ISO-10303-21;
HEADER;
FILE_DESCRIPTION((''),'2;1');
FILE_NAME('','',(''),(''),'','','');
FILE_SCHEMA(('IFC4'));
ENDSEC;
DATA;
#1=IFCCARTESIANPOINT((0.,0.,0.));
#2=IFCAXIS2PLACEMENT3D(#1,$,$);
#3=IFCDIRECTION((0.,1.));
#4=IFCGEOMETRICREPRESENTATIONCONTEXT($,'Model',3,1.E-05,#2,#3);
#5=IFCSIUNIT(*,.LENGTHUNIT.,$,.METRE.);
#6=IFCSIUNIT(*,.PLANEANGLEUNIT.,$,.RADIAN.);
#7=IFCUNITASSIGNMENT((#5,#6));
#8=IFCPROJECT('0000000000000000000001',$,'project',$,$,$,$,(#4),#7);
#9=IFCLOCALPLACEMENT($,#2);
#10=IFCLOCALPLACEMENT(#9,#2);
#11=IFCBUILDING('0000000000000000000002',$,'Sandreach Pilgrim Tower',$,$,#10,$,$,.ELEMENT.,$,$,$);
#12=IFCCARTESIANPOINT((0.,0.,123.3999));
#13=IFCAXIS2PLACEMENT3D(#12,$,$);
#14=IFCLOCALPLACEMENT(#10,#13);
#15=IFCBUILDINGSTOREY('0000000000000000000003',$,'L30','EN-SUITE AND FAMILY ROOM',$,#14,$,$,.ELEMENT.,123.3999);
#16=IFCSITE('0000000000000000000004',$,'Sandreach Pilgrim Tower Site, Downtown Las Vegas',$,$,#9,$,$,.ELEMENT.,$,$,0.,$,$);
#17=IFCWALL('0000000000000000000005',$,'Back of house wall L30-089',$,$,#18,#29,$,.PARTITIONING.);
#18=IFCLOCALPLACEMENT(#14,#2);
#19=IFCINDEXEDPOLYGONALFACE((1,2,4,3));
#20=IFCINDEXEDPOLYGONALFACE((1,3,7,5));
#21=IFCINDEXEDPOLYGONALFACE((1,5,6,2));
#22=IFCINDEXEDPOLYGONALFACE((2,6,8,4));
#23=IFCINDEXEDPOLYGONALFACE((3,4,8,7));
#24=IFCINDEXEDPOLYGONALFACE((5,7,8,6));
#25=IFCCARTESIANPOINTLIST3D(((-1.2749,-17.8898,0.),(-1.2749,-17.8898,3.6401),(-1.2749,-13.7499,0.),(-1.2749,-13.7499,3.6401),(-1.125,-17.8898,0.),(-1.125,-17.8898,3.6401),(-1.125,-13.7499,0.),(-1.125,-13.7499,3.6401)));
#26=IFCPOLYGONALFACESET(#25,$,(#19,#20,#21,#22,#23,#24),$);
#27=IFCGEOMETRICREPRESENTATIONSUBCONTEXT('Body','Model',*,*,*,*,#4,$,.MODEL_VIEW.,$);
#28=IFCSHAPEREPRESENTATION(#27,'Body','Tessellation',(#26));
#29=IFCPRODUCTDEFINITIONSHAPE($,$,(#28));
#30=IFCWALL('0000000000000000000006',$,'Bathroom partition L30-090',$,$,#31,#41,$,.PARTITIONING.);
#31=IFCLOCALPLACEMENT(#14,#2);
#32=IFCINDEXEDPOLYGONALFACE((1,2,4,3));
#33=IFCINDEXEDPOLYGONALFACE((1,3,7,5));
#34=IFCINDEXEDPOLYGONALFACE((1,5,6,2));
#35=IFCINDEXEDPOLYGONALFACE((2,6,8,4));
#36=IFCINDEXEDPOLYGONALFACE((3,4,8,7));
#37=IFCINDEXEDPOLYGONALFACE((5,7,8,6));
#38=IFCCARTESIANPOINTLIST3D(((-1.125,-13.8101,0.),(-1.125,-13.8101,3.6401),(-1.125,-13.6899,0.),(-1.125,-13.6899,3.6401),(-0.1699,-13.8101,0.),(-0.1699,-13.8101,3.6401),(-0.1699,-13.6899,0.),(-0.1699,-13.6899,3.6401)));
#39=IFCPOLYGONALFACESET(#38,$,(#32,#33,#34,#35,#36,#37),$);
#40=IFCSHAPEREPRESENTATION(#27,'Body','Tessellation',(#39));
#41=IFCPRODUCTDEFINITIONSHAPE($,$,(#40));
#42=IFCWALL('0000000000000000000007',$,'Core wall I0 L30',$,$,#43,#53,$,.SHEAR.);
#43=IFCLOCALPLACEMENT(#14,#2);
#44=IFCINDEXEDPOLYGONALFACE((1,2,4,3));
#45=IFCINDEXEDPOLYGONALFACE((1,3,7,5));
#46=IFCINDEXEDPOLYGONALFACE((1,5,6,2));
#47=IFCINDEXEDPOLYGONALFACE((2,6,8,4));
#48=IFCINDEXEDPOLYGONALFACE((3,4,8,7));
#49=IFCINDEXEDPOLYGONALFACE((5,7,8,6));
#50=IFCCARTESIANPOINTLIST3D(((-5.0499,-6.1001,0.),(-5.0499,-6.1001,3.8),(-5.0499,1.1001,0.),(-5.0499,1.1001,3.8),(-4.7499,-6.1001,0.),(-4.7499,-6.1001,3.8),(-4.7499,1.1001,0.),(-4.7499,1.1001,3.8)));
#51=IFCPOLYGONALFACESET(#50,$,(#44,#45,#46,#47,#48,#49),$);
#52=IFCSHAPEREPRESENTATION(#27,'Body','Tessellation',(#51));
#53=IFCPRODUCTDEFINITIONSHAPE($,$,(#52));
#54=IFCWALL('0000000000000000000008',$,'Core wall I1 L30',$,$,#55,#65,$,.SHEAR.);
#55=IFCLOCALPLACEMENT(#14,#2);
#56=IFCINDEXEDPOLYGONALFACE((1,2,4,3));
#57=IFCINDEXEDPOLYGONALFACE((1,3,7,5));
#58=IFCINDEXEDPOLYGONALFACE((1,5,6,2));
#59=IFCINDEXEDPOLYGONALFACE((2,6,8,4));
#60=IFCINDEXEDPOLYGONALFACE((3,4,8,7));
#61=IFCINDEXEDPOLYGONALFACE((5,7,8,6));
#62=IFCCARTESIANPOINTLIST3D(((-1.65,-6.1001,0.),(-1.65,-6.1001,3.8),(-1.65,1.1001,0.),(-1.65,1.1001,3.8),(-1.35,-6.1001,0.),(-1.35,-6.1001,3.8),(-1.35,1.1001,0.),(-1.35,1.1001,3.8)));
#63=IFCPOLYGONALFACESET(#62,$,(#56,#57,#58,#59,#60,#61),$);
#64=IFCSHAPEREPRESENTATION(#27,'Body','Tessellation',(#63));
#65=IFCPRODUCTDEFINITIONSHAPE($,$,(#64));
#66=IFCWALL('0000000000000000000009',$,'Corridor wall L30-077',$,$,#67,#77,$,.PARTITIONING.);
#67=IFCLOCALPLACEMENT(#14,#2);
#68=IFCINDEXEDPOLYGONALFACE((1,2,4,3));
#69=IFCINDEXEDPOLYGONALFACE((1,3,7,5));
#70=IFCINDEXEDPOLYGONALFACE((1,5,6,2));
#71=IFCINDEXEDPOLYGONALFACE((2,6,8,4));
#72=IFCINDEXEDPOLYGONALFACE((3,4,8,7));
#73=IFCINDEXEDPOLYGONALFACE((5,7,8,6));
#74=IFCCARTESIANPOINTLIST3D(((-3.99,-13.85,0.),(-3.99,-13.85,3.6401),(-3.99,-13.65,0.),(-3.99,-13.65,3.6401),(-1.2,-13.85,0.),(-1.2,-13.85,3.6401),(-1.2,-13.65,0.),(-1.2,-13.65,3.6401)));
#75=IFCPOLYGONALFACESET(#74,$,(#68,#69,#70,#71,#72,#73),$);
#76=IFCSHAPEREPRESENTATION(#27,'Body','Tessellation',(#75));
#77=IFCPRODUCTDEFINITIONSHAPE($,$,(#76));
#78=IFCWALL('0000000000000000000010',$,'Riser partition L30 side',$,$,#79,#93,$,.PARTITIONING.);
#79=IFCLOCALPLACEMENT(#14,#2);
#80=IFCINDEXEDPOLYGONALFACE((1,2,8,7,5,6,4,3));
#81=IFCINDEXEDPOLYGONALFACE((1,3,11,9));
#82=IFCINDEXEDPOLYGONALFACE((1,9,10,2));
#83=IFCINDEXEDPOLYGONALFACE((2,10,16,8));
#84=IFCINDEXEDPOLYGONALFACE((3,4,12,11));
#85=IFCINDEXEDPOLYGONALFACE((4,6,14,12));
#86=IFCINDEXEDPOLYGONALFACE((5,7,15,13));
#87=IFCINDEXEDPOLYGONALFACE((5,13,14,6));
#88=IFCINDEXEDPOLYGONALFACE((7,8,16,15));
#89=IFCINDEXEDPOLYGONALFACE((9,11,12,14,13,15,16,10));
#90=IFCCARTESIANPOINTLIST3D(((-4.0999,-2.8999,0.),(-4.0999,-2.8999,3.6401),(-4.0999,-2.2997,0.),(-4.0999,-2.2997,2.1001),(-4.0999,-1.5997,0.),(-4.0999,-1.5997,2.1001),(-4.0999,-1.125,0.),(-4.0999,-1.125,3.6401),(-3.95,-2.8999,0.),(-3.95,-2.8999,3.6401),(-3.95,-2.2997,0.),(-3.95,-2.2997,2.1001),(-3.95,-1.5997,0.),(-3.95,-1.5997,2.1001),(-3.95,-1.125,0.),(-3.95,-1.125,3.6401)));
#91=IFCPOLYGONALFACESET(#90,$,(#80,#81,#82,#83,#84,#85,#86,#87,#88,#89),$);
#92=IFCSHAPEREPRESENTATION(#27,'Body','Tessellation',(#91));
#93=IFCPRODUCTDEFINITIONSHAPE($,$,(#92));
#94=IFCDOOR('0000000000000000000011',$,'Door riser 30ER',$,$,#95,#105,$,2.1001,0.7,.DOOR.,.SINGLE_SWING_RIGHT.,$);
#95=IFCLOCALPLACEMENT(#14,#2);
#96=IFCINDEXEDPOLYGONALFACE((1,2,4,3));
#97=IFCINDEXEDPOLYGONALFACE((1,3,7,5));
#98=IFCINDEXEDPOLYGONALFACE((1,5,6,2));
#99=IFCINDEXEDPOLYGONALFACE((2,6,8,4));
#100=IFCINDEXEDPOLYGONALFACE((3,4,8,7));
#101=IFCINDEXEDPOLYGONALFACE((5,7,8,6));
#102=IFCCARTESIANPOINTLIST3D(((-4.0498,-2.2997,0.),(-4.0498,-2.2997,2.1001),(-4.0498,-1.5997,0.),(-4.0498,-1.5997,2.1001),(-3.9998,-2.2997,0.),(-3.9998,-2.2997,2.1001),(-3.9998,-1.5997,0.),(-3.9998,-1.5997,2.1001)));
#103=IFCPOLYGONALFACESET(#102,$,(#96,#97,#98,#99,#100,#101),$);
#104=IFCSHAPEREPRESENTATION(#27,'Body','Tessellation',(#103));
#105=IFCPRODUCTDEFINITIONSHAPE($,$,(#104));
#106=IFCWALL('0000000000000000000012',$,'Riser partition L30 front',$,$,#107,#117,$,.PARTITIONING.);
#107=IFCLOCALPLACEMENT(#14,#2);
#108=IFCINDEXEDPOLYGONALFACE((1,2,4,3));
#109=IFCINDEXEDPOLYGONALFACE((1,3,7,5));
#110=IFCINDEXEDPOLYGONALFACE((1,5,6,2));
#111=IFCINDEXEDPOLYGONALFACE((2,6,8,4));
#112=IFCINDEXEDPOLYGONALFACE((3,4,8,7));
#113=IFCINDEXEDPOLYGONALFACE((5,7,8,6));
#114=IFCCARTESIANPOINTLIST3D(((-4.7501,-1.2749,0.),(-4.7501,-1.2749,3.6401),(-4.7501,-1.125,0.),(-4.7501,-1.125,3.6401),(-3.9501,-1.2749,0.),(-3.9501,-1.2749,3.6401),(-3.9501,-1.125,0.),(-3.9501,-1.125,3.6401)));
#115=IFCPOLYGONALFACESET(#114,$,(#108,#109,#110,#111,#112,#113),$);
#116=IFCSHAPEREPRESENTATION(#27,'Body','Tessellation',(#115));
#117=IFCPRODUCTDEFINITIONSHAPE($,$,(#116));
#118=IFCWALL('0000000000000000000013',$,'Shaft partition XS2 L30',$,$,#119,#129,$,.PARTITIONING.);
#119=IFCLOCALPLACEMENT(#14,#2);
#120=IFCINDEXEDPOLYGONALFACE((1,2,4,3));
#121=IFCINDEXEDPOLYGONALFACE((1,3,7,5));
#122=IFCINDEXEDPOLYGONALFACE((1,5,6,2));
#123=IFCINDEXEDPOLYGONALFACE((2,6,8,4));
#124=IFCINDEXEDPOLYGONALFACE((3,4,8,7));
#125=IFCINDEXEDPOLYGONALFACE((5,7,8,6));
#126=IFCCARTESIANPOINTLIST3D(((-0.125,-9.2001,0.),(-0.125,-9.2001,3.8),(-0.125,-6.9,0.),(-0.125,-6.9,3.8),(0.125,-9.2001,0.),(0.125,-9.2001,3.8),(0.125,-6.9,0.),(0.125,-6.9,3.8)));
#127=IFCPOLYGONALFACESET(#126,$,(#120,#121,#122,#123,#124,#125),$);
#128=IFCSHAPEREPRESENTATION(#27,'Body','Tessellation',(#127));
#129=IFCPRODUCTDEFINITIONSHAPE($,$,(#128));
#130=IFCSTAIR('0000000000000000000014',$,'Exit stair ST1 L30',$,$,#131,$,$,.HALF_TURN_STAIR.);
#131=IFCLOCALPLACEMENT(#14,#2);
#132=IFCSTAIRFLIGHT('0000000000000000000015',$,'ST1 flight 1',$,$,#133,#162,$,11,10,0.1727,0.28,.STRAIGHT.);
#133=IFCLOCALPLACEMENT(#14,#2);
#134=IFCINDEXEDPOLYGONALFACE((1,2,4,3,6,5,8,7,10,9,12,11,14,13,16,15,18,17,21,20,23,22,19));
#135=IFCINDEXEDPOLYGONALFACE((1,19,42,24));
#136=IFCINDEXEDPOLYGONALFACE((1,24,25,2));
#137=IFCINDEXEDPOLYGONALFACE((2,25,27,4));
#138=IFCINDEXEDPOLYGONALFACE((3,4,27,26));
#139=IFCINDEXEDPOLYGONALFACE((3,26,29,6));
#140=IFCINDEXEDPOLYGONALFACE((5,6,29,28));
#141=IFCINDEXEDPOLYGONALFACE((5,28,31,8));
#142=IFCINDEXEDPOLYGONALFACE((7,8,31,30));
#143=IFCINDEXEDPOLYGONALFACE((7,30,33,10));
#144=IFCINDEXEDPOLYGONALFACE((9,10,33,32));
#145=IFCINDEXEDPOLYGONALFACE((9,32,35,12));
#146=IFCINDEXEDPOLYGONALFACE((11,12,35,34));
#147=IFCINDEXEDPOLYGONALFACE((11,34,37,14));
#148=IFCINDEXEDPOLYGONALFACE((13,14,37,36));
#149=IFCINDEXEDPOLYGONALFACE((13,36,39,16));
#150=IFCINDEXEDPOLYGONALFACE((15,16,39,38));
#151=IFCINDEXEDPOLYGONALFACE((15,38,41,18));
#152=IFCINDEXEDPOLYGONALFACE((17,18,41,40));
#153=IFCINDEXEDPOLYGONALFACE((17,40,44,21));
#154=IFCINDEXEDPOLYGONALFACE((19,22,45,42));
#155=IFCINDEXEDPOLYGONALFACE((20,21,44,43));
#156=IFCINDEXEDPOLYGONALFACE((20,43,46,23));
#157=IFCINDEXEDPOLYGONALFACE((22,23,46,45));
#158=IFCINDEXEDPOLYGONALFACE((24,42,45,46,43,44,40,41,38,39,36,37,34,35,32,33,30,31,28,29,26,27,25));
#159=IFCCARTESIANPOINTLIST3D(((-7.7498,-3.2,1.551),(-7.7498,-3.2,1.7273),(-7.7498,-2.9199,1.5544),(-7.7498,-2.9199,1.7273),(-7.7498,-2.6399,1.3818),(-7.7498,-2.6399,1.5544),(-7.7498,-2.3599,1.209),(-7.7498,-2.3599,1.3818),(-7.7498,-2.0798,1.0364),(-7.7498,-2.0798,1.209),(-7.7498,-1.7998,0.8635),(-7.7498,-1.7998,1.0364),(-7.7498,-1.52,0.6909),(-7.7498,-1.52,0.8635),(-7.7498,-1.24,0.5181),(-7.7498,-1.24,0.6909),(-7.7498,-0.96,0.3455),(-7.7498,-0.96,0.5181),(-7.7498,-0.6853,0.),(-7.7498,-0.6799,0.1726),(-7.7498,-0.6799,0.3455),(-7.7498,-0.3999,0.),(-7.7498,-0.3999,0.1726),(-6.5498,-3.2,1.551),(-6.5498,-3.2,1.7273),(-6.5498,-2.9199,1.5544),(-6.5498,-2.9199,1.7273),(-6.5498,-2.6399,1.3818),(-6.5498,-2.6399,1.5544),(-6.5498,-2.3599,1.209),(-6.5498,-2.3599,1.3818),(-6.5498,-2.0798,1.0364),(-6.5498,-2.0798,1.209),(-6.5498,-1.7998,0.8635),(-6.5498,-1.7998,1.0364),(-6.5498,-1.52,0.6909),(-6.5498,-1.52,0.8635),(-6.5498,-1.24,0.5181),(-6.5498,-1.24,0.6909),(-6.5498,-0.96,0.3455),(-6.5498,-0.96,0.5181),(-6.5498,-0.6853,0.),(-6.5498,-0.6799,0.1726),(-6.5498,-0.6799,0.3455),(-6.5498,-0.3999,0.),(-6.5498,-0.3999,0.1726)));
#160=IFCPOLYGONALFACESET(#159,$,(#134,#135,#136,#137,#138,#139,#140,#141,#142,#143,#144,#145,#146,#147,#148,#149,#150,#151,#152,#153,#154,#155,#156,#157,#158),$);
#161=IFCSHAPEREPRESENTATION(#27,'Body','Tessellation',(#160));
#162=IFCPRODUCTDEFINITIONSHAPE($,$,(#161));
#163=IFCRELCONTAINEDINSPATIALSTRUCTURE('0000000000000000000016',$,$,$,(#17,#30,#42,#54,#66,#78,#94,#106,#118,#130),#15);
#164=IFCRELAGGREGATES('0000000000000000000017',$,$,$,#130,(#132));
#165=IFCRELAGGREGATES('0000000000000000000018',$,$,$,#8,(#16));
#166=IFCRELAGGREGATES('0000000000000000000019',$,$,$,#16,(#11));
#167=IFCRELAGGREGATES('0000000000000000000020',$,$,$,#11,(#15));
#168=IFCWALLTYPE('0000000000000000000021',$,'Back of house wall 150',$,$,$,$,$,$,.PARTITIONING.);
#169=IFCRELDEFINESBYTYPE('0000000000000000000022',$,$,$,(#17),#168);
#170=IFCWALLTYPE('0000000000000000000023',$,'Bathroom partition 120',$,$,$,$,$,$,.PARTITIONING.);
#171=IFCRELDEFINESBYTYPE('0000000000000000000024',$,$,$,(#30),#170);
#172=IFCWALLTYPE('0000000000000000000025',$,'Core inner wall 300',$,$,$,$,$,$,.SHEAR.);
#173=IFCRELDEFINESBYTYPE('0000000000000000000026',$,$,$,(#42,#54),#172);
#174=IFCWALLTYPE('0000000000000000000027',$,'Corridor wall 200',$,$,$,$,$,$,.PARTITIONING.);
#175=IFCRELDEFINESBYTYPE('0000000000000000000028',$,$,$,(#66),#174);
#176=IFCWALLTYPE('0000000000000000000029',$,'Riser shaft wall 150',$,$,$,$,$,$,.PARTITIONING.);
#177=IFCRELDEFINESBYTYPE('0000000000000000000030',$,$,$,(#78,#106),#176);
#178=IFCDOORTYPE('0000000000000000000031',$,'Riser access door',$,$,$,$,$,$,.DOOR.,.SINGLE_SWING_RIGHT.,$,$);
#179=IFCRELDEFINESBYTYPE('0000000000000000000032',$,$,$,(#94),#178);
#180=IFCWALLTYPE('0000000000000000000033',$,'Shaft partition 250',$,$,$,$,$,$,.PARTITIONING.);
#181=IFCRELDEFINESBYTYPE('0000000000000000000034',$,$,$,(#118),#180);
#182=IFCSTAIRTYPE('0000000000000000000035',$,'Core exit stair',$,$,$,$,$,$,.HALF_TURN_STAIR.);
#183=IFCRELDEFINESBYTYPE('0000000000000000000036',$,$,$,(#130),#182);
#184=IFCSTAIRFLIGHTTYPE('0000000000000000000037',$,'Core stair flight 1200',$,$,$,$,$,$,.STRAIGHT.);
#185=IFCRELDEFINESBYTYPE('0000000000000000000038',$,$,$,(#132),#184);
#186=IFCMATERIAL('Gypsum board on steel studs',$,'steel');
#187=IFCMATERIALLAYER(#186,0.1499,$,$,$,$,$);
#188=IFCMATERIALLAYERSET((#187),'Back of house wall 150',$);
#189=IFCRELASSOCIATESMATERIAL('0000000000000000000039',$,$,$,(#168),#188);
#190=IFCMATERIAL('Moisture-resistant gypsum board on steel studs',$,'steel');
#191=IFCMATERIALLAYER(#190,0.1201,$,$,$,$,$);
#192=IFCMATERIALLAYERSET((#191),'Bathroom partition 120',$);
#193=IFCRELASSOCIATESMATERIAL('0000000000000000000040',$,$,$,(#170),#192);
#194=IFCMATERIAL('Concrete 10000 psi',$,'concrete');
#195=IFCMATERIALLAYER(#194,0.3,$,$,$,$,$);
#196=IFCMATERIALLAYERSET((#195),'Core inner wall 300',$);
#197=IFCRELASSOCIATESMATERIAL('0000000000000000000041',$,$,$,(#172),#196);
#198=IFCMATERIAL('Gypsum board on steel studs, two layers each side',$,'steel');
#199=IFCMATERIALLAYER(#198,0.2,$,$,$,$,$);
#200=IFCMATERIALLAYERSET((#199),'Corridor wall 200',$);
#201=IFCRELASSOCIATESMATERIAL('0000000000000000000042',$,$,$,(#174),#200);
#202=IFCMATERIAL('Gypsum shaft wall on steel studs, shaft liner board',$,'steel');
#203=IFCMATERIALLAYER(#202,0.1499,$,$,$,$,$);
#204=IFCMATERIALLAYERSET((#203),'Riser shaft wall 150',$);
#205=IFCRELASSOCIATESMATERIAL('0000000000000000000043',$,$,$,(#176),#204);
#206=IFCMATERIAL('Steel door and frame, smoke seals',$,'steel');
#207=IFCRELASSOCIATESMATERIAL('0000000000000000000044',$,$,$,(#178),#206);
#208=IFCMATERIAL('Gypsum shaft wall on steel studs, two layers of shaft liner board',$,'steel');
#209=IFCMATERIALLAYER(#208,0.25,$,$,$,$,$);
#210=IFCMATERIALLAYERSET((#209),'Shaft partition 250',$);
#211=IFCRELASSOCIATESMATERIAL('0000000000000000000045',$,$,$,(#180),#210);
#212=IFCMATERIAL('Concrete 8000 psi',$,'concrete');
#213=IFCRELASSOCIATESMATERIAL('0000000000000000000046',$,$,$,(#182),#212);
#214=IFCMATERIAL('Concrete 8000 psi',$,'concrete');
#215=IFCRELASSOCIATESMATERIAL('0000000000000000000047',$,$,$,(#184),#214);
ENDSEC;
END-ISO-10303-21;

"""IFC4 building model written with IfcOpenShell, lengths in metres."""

from ifc_helpers import new_model, si_unit, direction, frame, frame_2d, origin, place, context, subcontext, project, spatial, polyline, rectangle, outline, extrude, material, layer, layer_set, type_object, element, fill, aggregate, save


model = new_model("IFC4")

# Units and contexts
model_context = context("Model", 3, precision=1e-05, world=origin(), true_north=direction((0.0, 1.0)))
body_context = subcontext(model_context, "Body", "Model", "MODEL_VIEW")
ifc_project = project(units=[si_unit("LENGTHUNIT", "METRE"), si_unit("PLANEANGLEUNIT", "RADIAN")], contexts=[model_context])

# Site, building, storey
site_placement = place(None, origin())
site = spatial("IfcSite", under=ifc_project, at=site_placement, Name="Sandreach Pilgrim Tower Site, Downtown Las Vegas", CompositionType="ELEMENT", RefElevation=0.0)
building_placement = place(site_placement, origin())
building = spatial("IfcBuilding", under=site, at=building_placement, Name="Sandreach Pilgrim Tower", CompositionType="ELEMENT")
storey_placement = place(building_placement, frame((0.0, 0.0, 123.3999)))
storey = spatial("IfcBuildingStorey", under=building, at=storey_placement, Name="L30", Description="EN-SUITE AND FAMILY ROOM", CompositionType="ELEMENT", Elevation=123.3999)

# Walls
ifc_material_1 = material(Name="Gypsum board on steel studs", Category="steel")
ifc_layer_1 = layer(ifc_material_1, 0.1499)
ifc_layer_set_1 = layer_set([ifc_layer_1], Name="Back of house wall 150")
wall_type_1 = type_object("IfcWallType", Name="Back of house wall 150", PredefinedType="PARTITIONING", material=ifc_layer_set_1)
wall_1_placement = place(storey_placement, frame((-1.2, -13.75, 0.0), z_axis=(0.0, 0.0, 1.0), x_axis=(0.0, -1.0, 0.0)))
element("IfcWall", 1, at=wall_1_placement, inside=storey, type_object=wall_type_1, Name="Back of house wall L30-089", PredefinedType="PARTITIONING", context=body_context, shape_type="SweptSolid", body=[
    extrude(rectangle(XDim=4.1399, YDim=0.1499, at=frame_2d((2.0698, 0.0))), origin(), (0.0, 0.0, 1.0), 3.6401),
])
ifc_material_2 = material(Name="Moisture-resistant gypsum board on steel studs", Category="steel")
ifc_layer_2 = layer(ifc_material_2, 0.1201)
ifc_layer_set_2 = layer_set([ifc_layer_2], Name="Bathroom partition 120")
wall_type_2 = type_object("IfcWallType", Name="Bathroom partition 120", PredefinedType="PARTITIONING", material=ifc_layer_set_2)
wall_2_placement = place(storey_placement, frame((-1.125, -13.75, 0.0), z_axis=(0.0, 0.0, 1.0), x_axis=(1.0, 0.0, 0.0)))
element("IfcWall", 2, at=wall_2_placement, inside=storey, type_object=wall_type_2, Name="Bathroom partition L30-090", PredefinedType="PARTITIONING", context=body_context, shape_type="SweptSolid", body=[
    extrude(rectangle(XDim=0.9551, YDim=0.1201, at=frame_2d((0.4775, 0.0))), origin(), (0.0, 0.0, 1.0), 3.6401),
])
ifc_material_3 = material(Name="Concrete 10000 psi", Category="concrete")
ifc_layer_3 = layer(ifc_material_3, 0.3)
ifc_layer_set_3 = layer_set([ifc_layer_3], Name="Core inner wall 300")
wall_type_3 = type_object("IfcWallType", Name="Core inner wall 300", PredefinedType="SHEAR", material=ifc_layer_set_3)
for number, where, z_axis, x_axis, name in (
    (3, (-4.8999, -6.1001, 0.0), (0.0, 0.0, 1.0), (0.0, 1.0, 0.0), "Core wall I0 L30"),
    (4, (-1.5, -6.1001, 0.0), (0.0, 0.0, 1.0), (0.0, 1.0, 0.0), "Core wall I1 L30"),
):
    element("IfcWall", number, at=place(storey_placement, frame(where, z_axis=z_axis, x_axis=x_axis)), inside=storey, type_object=wall_type_3, Name=name, PredefinedType="SHEAR", context=body_context, shape_type="SweptSolid", body=[
        extrude(rectangle(XDim=7.2002, YDim=0.3, at=frame_2d((3.6001, 0.0))), origin(), (0.0, 0.0, 1.0), 3.8),
    ])

# Wall
ifc_material_4 = material(Name="Gypsum board on steel studs, two layers each side", Category="steel")
ifc_layer_4 = layer(ifc_material_4, 0.2)
ifc_layer_set_4 = layer_set([ifc_layer_4], Name="Corridor wall 200")
wall_type_4 = type_object("IfcWallType", Name="Corridor wall 200", PredefinedType="PARTITIONING", material=ifc_layer_set_4)
wall_3_placement = place(storey_placement, frame((-3.99, -13.75, 0.0), z_axis=(0.0, 0.0, 1.0), x_axis=(1.0, 0.0, 0.0)))
element("IfcWall", 5, at=wall_3_placement, inside=storey, type_object=wall_type_4, Name="Corridor wall L30-077", PredefinedType="PARTITIONING", context=body_context, shape_type="SweptSolid", body=[
    extrude(rectangle(XDim=2.79, YDim=0.2, at=frame_2d((1.395, 0.0))), origin(), (0.0, 0.0, 1.0), 3.6401),
])

# Wall, opening, door
ifc_material_5 = material(Name="Gypsum shaft wall on steel studs, shaft liner board", Category="steel")
ifc_layer_5 = layer(ifc_material_5, 0.1499)
ifc_layer_set_5 = layer_set([ifc_layer_5], Name="Riser shaft wall 150")
wall_type_5 = type_object("IfcWallType", Name="Riser shaft wall 150", PredefinedType="PARTITIONING", material=ifc_layer_set_5)
wall_4_placement = place(storey_placement, frame((-4.0249, -2.8999, 0.0), z_axis=(0.0, 0.0, 1.0), x_axis=(0.0, 1.0, 0.0)))
wall_4 = element("IfcWall", 6, at=wall_4_placement, inside=storey, type_object=wall_type_5, Name="Riser partition L30 side", PredefinedType="PARTITIONING", context=body_context, shape_type="SweptSolid", body=[
    extrude(rectangle(XDim=1.7749, YDim=0.1499, at=frame_2d((0.8875, 0.0))), origin(), (0.0, 0.0, 1.0), 3.6401),
])
opening_1_placement = place(wall_4_placement, frame((0.6001, 0.0, 0.0)))
opening_1 = element("IfcOpeningElement", 7, at=opening_1_placement, cuts=wall_4, PredefinedType="OPENING", context=body_context, shape_type="SweptSolid", body=[
    extrude(rectangle(XDim=0.7, YDim=2.1001, at=frame_2d((0.3501, 1.05))), frame((0.0, 0.075, 0.0), z_axis=(0.0, -1.0, 0.0), x_axis=(1.0, 0.0, 0.0)), (0.0, 0.0, 1.0), 0.1499),
])
ifc_material_6 = material(Name="Steel door and frame, smoke seals", Category="steel")
door_type_1 = type_object("IfcDoorType", Name="Riser access door", OperationType="SINGLE_SWING_RIGHT", PredefinedType="DOOR", material=ifc_material_6)
door_1_placement = place(opening_1_placement, origin())
door_1 = element("IfcDoor", 8, at=door_1_placement, inside=storey, type_object=door_type_1, Name="Door riser 30ER", OperationType="SINGLE_SWING_RIGHT", OverallHeight=2.1001, OverallWidth=0.7, PredefinedType="DOOR", context=body_context, shape_type="SweptSolid", body=[
    extrude(rectangle(XDim=0.7, YDim=2.1001, at=frame_2d((0.3501, 1.05))), frame((0.0, 0.0249, 0.0), z_axis=(0.0, -1.0, 0.0), x_axis=(1.0, 0.0, 0.0)), (0.0, 0.0, 1.0), 0.05),
])
fill(opening_1, door_1)

# Walls
wall_5_placement = place(storey_placement, frame((-4.75, -1.2, 0.0), z_axis=(0.0, 0.0, 1.0), x_axis=(1.0, 0.0, 0.0)))
element("IfcWall", 9, at=wall_5_placement, inside=storey, type_object=wall_type_5, Name="Riser partition L30 front", PredefinedType="PARTITIONING", context=body_context, shape_type="SweptSolid", body=[
    extrude(rectangle(XDim=0.8, YDim=0.1499, at=frame_2d((0.3999, 0.0))), origin(), (0.0, 0.0, 1.0), 3.6401),
])
ifc_material_7 = material(Name="Gypsum shaft wall on steel studs, two layers of shaft liner board", Category="steel")
ifc_layer_6 = layer(ifc_material_7, 0.25)
ifc_layer_set_6 = layer_set([ifc_layer_6], Name="Shaft partition 250")
wall_type_6 = type_object("IfcWallType", Name="Shaft partition 250", PredefinedType="PARTITIONING", material=ifc_layer_set_6)
wall_6_placement = place(storey_placement, frame((0.0, -9.2, 0.0), z_axis=(0.0, 0.0, 1.0), x_axis=(0.0, 1.0, 0.0)))
element("IfcWall", 10, at=wall_6_placement, inside=storey, type_object=wall_type_6, Name="Shaft partition XS2 L30", PredefinedType="PARTITIONING", context=body_context, shape_type="SweptSolid", body=[
    extrude(rectangle(XDim=2.3, YDim=0.25, at=frame_2d((1.1499, 0.0))), origin(), (0.0, 0.0, 1.0), 3.8),
])

# Stair, stair flight
ifc_material_8 = material(Name="Concrete 8000 psi", Category="concrete")
stair_type = type_object("IfcStairType", Name="Core exit stair", PredefinedType="HALF_TURN_STAIR", material=ifc_material_8)
stair_1_placement = place(storey_placement, origin())
stair_1 = element("IfcStair", 11, at=stair_1_placement, inside=storey, type_object=stair_type, Name="Exit stair ST1 L30", PredefinedType="HALF_TURN_STAIR")
ifc_material_9 = material(Name="Concrete 8000 psi", Category="concrete")
stair_flight_type = type_object("IfcStairFlightType", Name="Core stair flight 1200", PredefinedType="STRAIGHT", material=ifc_material_9)
stair_flight_1_placement = place(storey_placement, frame((-7.1499, -0.3999, 0.0), z_axis=(0.0, 0.0, 1.0), x_axis=(0.0, -1.0, 0.0)))
stair_flight_1 = element("IfcStairFlight", 12, at=stair_flight_1_placement, type_object=stair_flight_type, Name="ST1 flight 1", NumberOfRisers=11, NumberOfTreads=10, PredefinedType="STRAIGHT", RiserHeight=0.1727, TreadLength=0.28, context=body_context, shape_type="SweptSolid", body=[
    extrude(outline(polyline([(0.0, 0.0), (0.0, 0.1726), (0.28, 0.1726), (0.28, 0.3455), (0.5601, 0.3455), (0.5601, 0.5181), (0.8401, 0.5181), (0.8401, 0.6909), (1.1201, 0.6909), (1.1201, 0.8635), (1.3999, 0.8635), (1.3999, 1.0364), (1.6799, 1.0364), (1.6799, 1.209), (1.96, 1.209), (1.96, 1.3818), (2.24, 1.3818), (2.24, 1.5544), (2.52, 1.5544), (2.52, 1.7273), (2.8, 1.7273), (2.8, 1.8999), (2.8, 1.551), (0.2854, 0.0), (0.0, 0.0)])), frame((0.0, 0.6001, 0.0), z_axis=(0.0, -1.0, 0.0), x_axis=(1.0, 0.0, 0.0)), (0.0, 0.0, 1.0), 1.2),
])
aggregate(stair_1, [stair_flight_1])

save(model, "model.ifc")
